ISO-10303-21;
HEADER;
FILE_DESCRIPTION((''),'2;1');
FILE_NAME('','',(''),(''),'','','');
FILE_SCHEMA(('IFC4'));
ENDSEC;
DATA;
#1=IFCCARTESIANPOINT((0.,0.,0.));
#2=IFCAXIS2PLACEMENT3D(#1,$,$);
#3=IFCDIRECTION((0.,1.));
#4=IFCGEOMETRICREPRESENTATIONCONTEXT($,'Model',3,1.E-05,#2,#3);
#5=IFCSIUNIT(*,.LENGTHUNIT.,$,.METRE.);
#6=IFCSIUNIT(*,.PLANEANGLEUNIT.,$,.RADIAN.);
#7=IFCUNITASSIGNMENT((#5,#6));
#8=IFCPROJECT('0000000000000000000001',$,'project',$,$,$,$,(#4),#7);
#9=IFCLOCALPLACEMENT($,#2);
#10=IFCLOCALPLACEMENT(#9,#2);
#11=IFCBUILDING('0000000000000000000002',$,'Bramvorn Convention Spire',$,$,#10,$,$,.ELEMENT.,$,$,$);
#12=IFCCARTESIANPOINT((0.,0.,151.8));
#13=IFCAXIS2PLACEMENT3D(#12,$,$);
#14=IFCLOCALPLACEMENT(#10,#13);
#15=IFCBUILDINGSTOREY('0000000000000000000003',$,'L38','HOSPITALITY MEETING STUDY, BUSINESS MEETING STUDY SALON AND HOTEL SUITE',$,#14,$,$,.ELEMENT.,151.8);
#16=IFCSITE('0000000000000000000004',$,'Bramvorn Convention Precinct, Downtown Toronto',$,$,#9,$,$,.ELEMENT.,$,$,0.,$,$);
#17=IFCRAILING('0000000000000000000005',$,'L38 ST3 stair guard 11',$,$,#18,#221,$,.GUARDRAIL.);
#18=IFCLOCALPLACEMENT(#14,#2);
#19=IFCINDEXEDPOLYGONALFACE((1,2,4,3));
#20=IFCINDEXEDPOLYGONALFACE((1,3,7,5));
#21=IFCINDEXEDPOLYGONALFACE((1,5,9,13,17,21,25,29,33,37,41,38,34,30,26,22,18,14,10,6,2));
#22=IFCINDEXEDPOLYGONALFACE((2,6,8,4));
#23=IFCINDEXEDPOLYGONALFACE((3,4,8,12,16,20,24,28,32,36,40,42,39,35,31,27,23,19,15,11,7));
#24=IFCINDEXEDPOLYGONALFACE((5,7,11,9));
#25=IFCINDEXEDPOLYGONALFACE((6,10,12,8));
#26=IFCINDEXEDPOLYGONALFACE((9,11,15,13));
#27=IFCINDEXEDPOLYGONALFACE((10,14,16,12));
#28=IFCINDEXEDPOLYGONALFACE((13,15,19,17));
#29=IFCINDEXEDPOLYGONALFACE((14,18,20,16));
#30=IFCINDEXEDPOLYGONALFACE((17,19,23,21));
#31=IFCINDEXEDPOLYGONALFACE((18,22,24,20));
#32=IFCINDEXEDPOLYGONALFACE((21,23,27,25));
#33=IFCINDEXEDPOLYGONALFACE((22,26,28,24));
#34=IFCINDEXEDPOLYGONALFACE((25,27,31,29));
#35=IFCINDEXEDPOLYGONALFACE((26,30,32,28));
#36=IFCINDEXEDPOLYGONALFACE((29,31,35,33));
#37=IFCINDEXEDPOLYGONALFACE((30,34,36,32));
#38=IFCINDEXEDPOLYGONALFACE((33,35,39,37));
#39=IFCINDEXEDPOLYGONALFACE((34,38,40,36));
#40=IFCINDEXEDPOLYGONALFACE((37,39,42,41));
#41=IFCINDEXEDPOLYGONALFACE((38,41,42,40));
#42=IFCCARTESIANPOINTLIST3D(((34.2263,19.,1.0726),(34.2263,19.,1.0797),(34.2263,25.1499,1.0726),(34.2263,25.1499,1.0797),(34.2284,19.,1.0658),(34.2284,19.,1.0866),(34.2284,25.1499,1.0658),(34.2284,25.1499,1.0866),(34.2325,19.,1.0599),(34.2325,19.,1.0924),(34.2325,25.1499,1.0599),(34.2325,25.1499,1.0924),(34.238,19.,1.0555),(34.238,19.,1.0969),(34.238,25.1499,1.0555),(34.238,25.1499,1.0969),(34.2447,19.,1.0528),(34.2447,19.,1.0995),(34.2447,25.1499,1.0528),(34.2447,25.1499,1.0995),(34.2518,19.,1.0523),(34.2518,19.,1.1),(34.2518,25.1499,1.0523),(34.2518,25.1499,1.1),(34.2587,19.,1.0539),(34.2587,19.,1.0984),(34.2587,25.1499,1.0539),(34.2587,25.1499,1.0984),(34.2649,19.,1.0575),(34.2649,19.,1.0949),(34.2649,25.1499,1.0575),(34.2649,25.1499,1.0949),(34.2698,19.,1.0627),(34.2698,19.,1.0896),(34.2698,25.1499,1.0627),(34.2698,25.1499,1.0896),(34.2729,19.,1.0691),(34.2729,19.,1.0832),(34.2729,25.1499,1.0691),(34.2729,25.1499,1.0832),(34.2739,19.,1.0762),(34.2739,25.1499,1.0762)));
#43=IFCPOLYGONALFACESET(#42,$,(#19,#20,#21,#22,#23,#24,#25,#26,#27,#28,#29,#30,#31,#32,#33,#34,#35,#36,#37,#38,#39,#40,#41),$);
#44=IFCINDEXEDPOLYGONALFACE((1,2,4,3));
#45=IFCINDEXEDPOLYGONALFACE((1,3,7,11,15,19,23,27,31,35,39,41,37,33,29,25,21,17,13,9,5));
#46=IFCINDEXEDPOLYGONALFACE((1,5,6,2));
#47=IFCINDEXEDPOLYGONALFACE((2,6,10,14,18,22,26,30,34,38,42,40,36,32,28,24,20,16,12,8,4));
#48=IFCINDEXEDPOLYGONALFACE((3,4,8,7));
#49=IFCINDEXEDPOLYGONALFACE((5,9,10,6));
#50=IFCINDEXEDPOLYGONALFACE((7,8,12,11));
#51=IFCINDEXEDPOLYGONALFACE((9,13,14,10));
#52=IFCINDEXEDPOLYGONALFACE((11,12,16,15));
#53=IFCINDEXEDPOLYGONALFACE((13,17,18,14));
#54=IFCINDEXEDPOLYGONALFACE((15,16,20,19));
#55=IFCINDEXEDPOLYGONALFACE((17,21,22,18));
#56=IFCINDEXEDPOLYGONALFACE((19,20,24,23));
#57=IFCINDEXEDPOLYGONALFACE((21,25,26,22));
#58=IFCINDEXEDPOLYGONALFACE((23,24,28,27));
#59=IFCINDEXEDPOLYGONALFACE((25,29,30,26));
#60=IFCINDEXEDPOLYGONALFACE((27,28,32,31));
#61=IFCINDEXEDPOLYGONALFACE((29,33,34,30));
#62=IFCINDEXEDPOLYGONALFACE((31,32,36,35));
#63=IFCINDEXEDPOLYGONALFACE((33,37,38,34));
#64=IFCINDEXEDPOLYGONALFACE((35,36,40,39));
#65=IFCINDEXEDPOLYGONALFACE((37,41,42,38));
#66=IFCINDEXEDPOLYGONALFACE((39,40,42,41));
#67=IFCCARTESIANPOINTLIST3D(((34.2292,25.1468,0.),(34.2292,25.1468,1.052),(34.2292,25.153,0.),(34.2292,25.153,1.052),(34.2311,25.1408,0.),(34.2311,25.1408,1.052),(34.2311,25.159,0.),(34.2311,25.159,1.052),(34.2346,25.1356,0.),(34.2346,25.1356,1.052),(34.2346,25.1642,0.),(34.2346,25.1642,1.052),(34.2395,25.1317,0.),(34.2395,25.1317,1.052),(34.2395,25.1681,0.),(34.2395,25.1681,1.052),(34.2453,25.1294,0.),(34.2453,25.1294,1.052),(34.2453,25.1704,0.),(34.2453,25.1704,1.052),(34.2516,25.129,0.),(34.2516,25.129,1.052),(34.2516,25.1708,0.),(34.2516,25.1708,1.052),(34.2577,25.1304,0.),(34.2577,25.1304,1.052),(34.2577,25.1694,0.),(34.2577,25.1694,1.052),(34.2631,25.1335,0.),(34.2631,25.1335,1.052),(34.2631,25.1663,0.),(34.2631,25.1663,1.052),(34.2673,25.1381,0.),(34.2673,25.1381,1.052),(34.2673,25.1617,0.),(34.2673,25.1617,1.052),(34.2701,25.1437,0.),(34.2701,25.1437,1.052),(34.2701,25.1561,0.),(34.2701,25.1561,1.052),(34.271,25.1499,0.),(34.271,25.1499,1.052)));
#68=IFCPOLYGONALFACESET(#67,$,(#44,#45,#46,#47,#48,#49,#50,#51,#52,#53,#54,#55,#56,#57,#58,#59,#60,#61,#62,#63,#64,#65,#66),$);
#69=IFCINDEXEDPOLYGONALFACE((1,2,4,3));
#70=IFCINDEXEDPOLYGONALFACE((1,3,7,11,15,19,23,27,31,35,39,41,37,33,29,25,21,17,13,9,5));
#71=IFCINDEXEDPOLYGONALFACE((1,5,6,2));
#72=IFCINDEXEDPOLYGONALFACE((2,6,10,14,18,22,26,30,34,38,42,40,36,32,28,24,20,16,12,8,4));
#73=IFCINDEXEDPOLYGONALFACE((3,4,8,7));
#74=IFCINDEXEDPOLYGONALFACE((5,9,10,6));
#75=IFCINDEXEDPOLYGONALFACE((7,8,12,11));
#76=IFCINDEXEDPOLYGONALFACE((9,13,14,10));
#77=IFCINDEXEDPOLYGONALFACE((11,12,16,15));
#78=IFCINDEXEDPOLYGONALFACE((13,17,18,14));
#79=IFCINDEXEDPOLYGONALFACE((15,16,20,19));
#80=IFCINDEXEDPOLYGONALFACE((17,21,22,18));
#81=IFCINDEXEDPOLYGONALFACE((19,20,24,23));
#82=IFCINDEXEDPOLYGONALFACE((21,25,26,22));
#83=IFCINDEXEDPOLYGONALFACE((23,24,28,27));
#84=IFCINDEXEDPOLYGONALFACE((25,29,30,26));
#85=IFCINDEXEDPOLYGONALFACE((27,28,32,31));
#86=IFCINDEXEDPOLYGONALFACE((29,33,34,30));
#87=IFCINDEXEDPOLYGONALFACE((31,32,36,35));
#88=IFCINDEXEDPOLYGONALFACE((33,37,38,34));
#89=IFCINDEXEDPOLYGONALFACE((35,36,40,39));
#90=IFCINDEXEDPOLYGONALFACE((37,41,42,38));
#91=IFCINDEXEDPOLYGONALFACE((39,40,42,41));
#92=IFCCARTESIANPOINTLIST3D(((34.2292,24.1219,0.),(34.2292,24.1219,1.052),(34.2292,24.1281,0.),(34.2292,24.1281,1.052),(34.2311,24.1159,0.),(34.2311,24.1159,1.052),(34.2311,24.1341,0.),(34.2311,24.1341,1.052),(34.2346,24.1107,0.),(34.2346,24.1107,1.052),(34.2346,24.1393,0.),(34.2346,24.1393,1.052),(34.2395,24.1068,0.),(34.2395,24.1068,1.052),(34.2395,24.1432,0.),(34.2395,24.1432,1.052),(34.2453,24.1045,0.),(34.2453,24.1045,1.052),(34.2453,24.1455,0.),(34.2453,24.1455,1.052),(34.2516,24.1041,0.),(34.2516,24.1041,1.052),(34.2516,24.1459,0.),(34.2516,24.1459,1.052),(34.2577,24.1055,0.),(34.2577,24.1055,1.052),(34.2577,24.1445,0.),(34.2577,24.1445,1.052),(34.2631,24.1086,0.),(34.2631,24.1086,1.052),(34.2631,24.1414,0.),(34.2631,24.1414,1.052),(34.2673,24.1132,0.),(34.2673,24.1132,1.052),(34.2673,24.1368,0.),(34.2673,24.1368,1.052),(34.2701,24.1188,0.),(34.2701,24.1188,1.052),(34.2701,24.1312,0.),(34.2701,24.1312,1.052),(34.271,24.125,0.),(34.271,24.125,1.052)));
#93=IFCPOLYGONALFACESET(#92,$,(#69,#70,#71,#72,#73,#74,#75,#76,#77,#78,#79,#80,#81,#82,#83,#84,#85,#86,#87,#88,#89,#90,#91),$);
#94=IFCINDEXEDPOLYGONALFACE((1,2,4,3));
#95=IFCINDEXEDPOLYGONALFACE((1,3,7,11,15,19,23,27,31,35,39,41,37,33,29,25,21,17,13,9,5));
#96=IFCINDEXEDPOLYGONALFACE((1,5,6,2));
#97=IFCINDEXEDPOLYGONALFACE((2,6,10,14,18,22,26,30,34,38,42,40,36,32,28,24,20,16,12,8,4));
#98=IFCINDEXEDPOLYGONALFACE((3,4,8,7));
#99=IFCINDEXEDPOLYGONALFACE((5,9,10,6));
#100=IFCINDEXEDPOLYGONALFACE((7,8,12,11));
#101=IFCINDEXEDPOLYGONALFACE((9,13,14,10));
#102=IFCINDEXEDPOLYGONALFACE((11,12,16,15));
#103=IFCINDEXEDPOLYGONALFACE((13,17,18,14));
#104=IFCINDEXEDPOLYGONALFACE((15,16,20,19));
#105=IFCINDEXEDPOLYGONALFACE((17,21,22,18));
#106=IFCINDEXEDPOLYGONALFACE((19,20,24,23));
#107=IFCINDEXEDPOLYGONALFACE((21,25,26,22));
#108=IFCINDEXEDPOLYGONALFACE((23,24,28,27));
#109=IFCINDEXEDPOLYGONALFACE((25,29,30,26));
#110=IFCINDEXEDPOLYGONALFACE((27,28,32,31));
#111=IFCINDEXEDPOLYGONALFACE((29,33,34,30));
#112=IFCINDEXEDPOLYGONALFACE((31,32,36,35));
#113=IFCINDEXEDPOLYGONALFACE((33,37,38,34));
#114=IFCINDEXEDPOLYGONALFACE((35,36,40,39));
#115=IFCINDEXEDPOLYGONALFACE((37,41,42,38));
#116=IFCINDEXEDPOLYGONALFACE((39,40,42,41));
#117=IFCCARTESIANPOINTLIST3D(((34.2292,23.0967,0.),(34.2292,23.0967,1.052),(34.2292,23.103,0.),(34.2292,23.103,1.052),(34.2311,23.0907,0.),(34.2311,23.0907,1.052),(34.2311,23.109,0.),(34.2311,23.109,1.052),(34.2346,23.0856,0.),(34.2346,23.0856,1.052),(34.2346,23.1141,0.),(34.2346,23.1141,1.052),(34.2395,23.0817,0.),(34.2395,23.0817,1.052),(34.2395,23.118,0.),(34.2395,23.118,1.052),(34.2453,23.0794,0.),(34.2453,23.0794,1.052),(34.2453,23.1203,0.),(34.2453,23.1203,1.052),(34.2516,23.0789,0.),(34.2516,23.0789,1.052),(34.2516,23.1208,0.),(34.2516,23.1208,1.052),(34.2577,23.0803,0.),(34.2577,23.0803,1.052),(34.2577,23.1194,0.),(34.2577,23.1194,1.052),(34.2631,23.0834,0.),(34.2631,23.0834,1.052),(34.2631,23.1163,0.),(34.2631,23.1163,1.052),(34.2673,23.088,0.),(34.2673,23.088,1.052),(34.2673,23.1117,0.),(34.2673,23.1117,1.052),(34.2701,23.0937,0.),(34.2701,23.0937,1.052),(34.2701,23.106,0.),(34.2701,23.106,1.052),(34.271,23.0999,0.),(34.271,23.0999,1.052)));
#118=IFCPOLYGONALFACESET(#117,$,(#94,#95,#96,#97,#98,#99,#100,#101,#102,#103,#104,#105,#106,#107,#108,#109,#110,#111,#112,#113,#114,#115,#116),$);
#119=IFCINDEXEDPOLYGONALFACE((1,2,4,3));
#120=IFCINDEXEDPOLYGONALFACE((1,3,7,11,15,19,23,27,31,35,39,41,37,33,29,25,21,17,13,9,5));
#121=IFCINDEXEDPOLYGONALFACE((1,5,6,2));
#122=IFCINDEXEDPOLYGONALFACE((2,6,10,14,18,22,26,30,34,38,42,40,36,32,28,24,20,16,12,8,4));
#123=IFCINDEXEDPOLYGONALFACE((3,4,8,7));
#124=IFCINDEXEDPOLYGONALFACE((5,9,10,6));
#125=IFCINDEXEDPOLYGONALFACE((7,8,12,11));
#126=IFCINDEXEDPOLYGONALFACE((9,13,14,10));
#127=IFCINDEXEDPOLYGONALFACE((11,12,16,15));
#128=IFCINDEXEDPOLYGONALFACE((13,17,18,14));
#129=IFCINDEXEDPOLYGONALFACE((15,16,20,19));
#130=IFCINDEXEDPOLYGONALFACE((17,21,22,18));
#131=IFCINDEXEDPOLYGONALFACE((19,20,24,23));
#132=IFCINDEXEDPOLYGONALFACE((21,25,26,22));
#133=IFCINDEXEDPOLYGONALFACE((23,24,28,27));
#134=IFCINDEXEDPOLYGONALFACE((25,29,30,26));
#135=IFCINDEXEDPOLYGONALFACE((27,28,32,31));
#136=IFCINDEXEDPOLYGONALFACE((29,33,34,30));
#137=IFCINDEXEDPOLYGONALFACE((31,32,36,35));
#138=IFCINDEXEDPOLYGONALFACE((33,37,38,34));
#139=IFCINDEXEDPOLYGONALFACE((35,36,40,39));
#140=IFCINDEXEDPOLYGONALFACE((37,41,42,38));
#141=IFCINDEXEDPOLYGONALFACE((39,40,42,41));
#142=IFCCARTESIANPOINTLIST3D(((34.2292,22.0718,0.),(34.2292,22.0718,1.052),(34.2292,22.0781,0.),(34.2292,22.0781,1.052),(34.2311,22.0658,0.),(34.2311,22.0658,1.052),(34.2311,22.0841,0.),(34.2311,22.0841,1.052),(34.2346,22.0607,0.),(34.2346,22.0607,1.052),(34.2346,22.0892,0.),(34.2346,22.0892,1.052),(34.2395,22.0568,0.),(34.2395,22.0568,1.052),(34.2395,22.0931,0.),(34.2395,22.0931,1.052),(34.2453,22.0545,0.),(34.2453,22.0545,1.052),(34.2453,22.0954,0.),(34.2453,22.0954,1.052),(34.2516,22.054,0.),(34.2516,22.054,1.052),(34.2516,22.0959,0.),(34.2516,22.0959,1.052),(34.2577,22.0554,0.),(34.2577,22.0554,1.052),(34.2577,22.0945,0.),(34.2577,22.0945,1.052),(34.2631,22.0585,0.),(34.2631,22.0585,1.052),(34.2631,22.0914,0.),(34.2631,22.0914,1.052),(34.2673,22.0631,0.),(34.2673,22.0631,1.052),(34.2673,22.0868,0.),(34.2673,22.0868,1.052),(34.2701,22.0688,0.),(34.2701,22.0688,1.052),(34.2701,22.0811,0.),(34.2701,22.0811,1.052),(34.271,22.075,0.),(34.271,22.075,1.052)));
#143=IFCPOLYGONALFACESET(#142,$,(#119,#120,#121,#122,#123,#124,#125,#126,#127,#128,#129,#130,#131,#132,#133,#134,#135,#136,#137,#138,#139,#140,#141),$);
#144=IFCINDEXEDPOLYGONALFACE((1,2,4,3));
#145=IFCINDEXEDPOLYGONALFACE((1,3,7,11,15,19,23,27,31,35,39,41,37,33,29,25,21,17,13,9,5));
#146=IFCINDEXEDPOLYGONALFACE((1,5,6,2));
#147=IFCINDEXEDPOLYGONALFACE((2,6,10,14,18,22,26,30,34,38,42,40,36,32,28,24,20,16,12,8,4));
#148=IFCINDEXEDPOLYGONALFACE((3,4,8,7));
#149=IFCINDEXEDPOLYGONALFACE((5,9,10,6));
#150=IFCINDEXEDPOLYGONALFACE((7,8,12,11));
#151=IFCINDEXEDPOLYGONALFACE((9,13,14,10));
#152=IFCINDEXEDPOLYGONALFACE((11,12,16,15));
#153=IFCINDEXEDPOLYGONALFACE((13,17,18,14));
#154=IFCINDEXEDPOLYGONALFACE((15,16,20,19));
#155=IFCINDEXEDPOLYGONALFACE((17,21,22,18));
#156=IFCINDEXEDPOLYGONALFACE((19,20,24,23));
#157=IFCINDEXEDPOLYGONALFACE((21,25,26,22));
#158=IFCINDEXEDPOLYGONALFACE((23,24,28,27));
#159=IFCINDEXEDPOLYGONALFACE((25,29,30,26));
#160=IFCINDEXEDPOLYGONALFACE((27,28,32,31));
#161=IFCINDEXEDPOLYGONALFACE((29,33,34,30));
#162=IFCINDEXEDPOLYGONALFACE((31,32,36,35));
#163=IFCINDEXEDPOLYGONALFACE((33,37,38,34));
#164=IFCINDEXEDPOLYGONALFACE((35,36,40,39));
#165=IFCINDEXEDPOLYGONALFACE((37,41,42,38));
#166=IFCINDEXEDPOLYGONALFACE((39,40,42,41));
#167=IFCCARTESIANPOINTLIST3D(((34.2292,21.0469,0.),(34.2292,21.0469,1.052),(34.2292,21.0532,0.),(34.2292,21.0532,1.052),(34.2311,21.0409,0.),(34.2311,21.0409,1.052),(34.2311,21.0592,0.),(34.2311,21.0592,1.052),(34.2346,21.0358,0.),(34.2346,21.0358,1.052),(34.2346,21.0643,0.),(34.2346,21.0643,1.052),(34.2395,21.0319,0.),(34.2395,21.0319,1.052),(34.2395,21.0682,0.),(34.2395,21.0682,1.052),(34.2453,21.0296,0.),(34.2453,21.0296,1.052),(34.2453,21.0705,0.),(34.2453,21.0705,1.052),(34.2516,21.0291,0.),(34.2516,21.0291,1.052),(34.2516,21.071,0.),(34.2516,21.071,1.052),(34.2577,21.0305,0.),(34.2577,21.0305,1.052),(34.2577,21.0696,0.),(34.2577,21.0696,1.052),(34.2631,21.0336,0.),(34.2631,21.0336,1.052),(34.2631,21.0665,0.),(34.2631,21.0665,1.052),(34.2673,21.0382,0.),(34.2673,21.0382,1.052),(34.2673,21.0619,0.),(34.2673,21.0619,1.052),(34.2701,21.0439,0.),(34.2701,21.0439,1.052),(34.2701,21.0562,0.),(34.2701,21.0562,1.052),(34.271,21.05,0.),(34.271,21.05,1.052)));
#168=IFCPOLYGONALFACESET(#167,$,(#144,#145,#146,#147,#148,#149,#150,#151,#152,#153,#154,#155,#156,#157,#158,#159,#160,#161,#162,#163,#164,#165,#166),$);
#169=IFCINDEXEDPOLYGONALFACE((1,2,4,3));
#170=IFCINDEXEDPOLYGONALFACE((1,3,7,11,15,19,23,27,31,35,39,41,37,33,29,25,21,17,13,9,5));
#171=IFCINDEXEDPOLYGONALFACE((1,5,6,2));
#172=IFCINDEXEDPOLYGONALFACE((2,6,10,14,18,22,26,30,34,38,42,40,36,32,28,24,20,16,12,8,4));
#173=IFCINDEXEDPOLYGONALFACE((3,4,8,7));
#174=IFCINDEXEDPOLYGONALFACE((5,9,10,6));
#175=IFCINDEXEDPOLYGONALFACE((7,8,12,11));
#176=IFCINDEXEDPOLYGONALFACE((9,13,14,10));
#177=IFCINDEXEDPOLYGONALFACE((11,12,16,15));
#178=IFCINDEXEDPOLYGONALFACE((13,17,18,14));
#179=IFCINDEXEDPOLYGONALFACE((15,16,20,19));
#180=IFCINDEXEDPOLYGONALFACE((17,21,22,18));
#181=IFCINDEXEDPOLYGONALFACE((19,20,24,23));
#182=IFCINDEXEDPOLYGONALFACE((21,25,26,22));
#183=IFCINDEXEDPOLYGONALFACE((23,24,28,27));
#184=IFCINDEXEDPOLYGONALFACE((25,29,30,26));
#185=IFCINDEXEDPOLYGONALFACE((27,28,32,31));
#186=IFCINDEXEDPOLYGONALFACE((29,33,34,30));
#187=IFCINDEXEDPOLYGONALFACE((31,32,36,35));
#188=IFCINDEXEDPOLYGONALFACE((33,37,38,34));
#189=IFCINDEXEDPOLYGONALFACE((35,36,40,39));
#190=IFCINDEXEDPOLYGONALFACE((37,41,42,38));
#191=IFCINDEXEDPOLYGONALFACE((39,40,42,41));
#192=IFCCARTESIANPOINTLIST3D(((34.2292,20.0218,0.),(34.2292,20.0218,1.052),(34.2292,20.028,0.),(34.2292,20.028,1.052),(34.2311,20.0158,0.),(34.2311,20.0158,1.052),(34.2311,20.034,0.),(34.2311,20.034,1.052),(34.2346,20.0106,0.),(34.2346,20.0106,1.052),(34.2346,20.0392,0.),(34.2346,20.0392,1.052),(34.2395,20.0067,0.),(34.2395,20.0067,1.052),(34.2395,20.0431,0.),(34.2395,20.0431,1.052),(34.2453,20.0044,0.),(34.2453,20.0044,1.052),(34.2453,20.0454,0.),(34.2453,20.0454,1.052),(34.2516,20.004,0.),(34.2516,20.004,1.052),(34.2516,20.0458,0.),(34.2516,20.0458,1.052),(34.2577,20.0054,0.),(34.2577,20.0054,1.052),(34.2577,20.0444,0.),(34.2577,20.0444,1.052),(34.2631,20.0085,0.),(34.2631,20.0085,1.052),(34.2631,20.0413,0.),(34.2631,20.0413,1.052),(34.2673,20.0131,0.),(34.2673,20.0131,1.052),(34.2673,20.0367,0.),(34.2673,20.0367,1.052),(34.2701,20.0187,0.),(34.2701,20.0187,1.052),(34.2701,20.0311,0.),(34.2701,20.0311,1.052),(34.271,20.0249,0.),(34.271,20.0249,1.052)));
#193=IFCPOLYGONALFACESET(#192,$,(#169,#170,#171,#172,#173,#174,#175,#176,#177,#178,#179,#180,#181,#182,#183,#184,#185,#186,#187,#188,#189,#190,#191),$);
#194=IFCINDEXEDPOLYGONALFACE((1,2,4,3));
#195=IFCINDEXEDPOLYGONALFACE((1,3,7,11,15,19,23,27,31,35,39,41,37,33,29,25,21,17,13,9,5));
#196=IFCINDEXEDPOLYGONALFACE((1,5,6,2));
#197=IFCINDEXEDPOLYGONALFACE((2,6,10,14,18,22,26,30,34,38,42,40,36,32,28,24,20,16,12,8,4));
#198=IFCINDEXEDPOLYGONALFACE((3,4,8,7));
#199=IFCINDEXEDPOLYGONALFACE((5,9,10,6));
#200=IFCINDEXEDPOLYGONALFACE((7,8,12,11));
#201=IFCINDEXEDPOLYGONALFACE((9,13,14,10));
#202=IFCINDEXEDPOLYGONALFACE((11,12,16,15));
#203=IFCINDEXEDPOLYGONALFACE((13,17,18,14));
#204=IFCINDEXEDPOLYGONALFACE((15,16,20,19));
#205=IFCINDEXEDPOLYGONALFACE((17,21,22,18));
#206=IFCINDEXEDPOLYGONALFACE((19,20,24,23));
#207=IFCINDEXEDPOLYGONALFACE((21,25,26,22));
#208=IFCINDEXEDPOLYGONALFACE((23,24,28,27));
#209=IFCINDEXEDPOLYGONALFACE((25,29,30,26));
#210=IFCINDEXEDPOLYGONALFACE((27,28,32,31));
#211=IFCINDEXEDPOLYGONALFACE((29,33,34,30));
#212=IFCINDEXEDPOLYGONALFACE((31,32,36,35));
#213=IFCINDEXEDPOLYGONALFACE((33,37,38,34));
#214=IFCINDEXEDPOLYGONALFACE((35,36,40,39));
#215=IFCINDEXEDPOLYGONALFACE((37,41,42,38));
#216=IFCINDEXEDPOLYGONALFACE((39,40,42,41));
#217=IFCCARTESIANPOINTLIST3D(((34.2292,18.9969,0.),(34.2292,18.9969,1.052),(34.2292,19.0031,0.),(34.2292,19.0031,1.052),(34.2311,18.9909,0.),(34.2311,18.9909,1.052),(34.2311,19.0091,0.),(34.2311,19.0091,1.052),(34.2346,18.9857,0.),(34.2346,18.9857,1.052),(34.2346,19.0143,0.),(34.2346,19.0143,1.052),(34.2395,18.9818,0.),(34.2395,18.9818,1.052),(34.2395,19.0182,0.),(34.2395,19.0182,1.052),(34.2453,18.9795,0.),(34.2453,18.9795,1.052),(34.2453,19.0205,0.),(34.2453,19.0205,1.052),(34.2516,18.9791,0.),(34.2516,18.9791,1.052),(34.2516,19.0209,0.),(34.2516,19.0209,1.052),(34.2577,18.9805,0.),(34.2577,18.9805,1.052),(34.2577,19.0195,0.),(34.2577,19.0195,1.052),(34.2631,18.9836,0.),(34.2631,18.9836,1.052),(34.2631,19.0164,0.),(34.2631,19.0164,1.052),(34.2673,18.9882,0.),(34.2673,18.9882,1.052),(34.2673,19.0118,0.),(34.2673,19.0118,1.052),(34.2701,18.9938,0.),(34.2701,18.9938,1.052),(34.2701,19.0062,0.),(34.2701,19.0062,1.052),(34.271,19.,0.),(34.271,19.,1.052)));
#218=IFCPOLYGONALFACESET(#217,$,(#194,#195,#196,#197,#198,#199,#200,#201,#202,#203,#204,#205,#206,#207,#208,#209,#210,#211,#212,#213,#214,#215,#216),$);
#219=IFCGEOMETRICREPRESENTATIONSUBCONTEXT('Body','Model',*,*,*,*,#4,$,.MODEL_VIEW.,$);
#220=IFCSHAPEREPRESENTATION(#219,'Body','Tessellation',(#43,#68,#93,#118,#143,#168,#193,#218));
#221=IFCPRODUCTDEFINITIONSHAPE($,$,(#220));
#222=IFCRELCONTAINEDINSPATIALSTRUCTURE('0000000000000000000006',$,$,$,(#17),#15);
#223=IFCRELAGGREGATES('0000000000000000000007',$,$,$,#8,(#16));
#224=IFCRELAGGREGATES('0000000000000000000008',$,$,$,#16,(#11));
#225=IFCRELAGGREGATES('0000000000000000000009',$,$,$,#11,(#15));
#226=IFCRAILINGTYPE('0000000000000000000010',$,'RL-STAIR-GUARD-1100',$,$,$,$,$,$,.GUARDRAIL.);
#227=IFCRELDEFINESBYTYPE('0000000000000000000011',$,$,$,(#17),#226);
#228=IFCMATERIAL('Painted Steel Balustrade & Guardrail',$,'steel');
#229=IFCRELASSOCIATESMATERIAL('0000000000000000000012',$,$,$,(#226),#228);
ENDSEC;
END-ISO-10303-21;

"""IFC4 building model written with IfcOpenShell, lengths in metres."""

from ifc_helpers import new_model, si_unit, direction, frame, origin, origin_2d, place, context, subcontext, project, spatial, circle, extrude, material, type_object, element, save


model = new_model("IFC4")

# Units and contexts
model_context = context("Model", 3, precision=1e-05, world=origin(), true_north=direction((0.0, 1.0)))
body_context = subcontext(model_context, "Body", "Model", "MODEL_VIEW")
ifc_project = project(units=[si_unit("LENGTHUNIT", "METRE"), si_unit("PLANEANGLEUNIT", "RADIAN")], contexts=[model_context])

# Site, building, storey
site_placement = place(None, origin())
site = spatial("IfcSite", under=ifc_project, at=site_placement, Name="Bramvorn Convention Precinct, Downtown Toronto", CompositionType="ELEMENT", RefElevation=0.0)
building_placement = place(site_placement, origin())
building = spatial("IfcBuilding", under=site, at=building_placement, Name="Bramvorn Convention Spire", CompositionType="ELEMENT")
storey_placement = place(building_placement, frame((0.0, 0.0, 151.8)))
storey = spatial("IfcBuildingStorey", under=building, at=storey_placement, Name="L38", Description="HOSPITALITY MEETING STUDY, BUSINESS MEETING STUDY SALON AND HOTEL SUITE", CompositionType="ELEMENT", Elevation=151.8)

# Railing
ifc_material_1 = material(Name="Painted Steel Balustrade & Guardrail", Category="steel")
railing_type_1 = type_object("IfcRailingType", Name="RL-STAIR-GUARD-1100", PredefinedType="GUARDRAIL", material=ifc_material_1)
railing_1_placement = place(storey_placement, frame((34.25, 25.1499, 0.0)))
element("IfcRailing", 1, at=railing_1_placement, inside=storey, type_object=railing_type_1, Name="L38 ST3 stair guard 11", PredefinedType="GUARDRAIL", context=body_context, shape_type="SweptSolid", body=[
    extrude(circle(Radius=0.0239, at=origin_2d()), frame((0.0, 0.0, 1.0762), z_axis=(0.0, -1.0, 0.0), x_axis=(1.0, 0.0, 0.0)), (0.0, 0.0, 1.0), 6.1499),
    extrude(circle(Radius=0.021, at=origin_2d()), origin(), (0.0, 0.0, 1.0), 1.052),
    extrude(circle(Radius=0.021, at=origin_2d()), frame((0.0, -1.0249, 0.0)), (0.0, 0.0, 1.0), 1.052),
    extrude(circle(Radius=0.021, at=origin_2d()), frame((0.0, -2.05, 0.0)), (0.0, 0.0, 1.0), 1.052),
    extrude(circle(Radius=0.021, at=origin_2d()), frame((0.0, -3.075, 0.0)), (0.0, 0.0, 1.0), 1.052),
    extrude(circle(Radius=0.021, at=origin_2d()), frame((0.0, -4.0999, 0.0)), (0.0, 0.0, 1.0), 1.052),
    extrude(circle(Radius=0.021, at=origin_2d()), frame((0.0, -5.125, 0.0)), (0.0, 0.0, 1.0), 1.052),
    extrude(circle(Radius=0.021, at=origin_2d()), frame((0.0, -6.1499, 0.0)), (0.0, 0.0, 1.0), 1.052),
])

save(model, "model.ifc")
